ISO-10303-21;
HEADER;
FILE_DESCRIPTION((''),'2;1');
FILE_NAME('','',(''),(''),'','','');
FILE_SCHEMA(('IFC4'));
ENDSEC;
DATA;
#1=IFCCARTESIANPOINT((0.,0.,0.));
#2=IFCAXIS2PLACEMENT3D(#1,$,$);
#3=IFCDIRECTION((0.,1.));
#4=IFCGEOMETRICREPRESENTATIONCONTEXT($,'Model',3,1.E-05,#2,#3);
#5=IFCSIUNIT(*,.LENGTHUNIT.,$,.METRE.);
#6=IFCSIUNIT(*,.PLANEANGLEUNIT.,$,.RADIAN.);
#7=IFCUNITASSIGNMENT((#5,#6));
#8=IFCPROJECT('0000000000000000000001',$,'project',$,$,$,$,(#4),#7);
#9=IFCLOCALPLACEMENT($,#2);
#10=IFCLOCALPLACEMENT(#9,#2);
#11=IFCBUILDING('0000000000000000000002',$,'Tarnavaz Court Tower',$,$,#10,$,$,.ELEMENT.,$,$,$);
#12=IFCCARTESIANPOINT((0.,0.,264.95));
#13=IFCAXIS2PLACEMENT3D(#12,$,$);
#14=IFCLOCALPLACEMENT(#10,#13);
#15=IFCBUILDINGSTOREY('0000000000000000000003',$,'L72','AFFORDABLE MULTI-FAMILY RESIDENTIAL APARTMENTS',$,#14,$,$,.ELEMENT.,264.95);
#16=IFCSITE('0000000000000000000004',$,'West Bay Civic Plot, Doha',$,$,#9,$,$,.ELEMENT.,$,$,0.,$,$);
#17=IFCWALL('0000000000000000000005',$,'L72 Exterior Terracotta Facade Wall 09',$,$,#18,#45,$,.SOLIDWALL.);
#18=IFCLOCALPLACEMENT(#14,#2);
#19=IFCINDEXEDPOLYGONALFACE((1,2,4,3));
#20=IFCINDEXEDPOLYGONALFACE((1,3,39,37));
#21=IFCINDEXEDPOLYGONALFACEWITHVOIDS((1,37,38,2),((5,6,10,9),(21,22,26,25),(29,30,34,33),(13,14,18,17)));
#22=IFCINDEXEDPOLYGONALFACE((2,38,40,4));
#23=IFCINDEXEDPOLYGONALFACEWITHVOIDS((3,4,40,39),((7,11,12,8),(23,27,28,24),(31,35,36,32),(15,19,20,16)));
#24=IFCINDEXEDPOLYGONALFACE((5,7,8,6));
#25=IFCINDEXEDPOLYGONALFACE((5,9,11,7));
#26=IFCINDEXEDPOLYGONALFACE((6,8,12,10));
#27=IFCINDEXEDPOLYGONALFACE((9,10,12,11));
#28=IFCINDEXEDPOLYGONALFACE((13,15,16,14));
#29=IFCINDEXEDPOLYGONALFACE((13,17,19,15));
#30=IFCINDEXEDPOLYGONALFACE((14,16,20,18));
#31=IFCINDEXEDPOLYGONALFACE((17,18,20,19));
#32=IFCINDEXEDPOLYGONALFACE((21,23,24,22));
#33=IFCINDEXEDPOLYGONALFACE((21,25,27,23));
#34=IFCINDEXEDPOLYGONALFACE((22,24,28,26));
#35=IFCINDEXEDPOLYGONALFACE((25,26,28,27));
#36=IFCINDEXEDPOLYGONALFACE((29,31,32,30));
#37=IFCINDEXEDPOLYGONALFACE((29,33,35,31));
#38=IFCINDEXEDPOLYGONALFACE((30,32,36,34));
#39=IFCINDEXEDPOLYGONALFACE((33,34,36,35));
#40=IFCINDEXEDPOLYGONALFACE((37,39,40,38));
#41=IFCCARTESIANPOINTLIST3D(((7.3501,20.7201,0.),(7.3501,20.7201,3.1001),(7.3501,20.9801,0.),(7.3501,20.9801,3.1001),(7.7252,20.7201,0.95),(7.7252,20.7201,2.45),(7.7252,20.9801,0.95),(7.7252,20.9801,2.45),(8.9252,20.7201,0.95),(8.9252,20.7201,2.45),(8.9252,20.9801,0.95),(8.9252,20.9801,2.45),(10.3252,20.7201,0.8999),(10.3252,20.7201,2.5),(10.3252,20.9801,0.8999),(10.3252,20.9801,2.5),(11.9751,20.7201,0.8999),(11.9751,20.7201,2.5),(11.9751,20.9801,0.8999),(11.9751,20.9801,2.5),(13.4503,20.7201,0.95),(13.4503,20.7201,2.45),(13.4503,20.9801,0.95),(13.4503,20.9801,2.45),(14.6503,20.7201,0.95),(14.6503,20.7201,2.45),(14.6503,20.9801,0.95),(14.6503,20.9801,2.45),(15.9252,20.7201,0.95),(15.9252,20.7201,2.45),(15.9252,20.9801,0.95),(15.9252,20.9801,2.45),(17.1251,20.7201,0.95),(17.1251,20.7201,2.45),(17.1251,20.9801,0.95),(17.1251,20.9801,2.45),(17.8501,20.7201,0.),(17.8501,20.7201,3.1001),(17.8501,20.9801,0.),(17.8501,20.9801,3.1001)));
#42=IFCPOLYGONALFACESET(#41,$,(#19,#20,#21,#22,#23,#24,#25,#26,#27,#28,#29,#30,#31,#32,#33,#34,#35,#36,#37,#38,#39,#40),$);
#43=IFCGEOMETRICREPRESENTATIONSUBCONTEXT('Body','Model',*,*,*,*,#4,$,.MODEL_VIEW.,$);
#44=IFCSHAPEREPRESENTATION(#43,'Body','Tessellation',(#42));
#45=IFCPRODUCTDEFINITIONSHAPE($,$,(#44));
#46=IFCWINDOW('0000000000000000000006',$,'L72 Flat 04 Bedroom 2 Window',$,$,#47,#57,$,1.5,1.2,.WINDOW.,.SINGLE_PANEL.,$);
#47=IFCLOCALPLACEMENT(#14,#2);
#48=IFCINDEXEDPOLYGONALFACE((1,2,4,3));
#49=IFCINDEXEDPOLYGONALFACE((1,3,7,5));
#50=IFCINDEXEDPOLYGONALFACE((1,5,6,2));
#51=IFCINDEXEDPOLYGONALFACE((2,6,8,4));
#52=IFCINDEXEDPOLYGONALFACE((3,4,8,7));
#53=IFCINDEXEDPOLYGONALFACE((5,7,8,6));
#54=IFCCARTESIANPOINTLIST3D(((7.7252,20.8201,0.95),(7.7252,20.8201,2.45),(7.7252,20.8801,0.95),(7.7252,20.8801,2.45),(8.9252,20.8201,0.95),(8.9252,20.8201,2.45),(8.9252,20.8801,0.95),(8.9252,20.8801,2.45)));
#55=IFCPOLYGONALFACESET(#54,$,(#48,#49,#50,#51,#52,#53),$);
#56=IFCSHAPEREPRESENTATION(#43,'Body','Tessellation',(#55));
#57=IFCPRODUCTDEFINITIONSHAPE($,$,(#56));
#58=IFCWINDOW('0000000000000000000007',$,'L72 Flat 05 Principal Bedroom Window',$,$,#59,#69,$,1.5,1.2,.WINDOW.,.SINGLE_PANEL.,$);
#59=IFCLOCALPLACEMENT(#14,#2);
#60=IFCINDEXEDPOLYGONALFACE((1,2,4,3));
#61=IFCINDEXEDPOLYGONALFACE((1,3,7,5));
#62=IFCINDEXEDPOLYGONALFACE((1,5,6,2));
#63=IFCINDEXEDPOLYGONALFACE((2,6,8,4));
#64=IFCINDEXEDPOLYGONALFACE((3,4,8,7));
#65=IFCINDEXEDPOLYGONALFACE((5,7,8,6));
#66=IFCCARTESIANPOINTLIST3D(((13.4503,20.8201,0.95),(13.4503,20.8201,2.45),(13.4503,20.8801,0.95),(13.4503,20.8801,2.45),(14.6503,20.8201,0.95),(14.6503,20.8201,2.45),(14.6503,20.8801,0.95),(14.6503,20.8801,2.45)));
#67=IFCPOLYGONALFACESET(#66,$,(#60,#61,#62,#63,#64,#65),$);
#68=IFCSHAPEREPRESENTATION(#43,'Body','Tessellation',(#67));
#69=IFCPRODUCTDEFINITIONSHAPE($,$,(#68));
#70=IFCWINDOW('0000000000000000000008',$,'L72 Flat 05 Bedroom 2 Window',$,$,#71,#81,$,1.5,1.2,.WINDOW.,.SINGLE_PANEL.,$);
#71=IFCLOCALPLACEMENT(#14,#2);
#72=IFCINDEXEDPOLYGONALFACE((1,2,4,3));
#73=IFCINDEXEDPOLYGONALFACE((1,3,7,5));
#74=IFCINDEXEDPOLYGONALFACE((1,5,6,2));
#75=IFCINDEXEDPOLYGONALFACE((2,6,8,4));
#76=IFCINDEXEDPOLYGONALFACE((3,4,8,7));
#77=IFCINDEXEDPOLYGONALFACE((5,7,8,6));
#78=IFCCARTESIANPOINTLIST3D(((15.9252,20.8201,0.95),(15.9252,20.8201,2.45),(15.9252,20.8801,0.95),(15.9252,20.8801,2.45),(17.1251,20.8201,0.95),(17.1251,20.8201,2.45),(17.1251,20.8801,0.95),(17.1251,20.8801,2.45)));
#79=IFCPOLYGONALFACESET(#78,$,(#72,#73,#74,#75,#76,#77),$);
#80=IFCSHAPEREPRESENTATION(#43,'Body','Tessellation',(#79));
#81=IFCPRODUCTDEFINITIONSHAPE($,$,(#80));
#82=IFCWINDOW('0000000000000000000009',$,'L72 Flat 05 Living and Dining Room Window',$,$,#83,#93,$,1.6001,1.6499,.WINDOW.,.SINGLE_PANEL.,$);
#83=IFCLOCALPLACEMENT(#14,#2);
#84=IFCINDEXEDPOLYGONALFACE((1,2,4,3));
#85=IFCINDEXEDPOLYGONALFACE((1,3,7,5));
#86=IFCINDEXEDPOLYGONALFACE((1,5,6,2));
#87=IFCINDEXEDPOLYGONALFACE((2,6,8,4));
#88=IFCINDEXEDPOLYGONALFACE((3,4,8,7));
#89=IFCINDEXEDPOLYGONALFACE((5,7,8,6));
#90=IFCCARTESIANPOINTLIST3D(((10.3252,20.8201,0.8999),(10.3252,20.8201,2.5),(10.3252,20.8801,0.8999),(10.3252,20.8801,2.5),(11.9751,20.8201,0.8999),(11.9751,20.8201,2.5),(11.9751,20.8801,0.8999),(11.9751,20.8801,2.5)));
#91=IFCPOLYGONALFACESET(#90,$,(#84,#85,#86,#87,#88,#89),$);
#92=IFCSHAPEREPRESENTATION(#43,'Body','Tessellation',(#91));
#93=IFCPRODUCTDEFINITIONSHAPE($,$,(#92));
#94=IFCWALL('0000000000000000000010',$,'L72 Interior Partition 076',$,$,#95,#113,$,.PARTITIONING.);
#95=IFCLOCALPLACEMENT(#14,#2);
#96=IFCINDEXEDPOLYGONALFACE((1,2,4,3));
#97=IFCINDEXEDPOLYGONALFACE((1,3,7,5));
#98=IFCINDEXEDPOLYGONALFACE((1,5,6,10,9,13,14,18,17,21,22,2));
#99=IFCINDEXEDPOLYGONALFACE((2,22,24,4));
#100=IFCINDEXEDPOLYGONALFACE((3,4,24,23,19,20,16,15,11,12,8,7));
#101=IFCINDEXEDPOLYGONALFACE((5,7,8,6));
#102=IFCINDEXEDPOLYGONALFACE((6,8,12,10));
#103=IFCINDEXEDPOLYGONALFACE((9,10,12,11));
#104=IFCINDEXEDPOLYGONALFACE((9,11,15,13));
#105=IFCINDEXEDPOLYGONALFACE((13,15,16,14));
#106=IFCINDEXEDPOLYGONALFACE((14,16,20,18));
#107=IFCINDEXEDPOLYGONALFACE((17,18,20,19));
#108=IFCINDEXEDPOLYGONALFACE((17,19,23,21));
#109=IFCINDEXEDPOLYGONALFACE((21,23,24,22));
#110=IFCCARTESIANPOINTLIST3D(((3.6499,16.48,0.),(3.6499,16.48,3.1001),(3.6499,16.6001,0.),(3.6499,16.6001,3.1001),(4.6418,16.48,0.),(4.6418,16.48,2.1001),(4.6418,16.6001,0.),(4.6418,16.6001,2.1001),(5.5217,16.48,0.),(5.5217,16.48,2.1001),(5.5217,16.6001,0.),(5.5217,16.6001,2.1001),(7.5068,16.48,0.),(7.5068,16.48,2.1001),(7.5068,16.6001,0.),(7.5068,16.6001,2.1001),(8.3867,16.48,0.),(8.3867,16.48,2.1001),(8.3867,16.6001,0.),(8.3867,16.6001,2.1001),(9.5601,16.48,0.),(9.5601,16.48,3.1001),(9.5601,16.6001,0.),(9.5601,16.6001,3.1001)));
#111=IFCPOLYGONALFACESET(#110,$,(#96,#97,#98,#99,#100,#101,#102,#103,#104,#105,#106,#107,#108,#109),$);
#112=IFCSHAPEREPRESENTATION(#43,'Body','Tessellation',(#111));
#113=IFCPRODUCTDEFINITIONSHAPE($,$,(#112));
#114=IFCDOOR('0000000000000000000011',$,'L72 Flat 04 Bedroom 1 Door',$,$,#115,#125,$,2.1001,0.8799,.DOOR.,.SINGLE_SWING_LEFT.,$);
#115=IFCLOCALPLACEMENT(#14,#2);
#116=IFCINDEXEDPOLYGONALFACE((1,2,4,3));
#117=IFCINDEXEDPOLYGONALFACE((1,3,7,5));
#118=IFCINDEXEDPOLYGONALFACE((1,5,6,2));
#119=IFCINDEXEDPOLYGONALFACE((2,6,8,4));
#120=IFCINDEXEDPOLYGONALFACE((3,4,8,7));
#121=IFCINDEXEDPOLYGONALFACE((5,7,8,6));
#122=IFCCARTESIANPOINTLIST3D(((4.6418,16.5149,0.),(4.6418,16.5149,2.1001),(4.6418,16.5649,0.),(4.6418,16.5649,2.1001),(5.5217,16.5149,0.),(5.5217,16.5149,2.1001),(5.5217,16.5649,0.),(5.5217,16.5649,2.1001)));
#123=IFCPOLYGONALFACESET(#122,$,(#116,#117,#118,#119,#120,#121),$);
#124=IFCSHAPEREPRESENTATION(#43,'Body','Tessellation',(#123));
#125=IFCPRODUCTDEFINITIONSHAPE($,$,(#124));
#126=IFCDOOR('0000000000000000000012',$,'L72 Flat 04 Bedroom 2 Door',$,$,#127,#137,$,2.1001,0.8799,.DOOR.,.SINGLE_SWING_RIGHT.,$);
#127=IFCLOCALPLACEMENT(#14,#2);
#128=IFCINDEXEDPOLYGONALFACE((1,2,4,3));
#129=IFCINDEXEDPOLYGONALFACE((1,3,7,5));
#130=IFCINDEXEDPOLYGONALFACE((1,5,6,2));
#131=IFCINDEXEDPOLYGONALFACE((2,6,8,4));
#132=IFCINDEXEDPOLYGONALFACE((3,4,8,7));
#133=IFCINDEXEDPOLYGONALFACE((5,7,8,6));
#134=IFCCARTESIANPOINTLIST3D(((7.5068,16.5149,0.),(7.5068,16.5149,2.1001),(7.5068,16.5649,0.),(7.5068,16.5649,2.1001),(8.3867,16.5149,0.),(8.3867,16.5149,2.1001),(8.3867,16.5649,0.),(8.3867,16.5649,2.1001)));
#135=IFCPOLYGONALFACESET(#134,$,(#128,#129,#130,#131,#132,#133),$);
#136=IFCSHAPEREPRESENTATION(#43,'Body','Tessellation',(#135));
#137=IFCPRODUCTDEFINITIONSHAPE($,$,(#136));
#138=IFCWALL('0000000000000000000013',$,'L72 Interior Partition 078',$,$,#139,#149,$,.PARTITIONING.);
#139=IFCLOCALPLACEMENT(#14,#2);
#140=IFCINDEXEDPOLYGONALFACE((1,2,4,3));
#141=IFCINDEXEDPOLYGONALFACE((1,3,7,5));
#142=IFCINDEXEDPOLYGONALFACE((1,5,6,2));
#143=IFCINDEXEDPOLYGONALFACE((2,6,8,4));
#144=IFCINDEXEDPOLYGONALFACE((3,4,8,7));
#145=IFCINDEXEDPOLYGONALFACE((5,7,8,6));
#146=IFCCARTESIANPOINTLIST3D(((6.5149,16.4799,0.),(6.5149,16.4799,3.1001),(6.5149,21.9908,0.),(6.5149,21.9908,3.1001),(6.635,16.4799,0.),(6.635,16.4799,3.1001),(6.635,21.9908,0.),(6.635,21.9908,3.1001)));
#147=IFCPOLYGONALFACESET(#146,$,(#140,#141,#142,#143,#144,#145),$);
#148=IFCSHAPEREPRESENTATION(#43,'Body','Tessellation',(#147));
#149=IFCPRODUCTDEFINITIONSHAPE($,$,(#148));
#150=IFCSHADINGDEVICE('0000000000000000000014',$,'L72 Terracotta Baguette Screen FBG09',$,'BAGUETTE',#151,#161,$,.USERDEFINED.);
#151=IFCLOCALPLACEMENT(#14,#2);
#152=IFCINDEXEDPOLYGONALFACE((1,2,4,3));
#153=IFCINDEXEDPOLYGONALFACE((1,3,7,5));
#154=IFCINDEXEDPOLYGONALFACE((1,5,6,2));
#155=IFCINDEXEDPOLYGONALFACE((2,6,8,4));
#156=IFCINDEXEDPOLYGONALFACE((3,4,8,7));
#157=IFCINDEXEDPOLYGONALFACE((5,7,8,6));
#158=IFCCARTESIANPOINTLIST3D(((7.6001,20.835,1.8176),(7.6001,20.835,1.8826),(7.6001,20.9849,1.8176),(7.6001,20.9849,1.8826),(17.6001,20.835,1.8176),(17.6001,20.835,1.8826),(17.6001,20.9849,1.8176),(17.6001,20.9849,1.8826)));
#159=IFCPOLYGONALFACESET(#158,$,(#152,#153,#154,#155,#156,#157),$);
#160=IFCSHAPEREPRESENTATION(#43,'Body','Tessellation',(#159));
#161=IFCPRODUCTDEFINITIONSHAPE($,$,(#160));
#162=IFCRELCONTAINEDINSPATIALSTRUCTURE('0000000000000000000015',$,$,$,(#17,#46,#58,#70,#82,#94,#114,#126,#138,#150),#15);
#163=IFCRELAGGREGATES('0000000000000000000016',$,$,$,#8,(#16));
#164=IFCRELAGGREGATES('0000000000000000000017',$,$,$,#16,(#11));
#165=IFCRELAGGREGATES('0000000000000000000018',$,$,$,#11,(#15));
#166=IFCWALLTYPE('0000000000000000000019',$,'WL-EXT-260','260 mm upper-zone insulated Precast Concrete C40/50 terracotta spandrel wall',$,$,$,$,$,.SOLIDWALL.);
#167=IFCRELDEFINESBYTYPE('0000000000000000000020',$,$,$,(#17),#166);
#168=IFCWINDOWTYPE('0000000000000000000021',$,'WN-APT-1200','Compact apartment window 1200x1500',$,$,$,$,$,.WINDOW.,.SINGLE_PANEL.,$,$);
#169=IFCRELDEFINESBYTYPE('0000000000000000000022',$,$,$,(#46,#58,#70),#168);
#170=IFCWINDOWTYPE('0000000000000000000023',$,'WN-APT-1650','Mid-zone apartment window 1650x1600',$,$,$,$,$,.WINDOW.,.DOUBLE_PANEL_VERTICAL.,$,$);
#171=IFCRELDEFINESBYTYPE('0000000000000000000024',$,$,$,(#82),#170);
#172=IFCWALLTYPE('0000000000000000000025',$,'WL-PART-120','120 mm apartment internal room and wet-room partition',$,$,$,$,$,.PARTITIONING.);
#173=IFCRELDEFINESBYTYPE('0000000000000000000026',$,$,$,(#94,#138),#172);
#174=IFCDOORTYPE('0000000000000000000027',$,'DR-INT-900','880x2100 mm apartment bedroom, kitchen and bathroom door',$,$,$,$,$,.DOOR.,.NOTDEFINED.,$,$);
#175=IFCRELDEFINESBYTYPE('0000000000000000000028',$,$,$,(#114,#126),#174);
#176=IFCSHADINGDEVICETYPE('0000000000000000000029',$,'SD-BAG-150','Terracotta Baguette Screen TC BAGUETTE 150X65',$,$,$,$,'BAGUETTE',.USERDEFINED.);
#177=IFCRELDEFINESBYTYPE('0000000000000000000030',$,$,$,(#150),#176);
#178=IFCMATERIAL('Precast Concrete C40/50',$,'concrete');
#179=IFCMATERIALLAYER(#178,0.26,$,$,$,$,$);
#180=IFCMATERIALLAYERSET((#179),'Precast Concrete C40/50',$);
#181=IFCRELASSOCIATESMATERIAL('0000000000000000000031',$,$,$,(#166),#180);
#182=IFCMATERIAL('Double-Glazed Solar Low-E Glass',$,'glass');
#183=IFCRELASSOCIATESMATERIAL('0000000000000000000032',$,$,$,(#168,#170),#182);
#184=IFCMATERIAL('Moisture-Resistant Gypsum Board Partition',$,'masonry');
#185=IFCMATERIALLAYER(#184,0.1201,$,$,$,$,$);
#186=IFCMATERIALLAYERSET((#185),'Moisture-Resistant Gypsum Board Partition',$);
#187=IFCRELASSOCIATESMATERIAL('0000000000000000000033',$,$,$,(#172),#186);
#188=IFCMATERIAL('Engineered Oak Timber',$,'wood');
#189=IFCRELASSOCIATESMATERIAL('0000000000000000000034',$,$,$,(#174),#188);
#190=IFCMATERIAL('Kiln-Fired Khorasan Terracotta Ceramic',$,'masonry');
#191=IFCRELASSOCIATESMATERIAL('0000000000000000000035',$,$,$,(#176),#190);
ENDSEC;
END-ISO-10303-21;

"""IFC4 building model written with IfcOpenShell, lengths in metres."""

from ifc_helpers import new_model, si_unit, direction, frame, frame_2d, origin, origin_2d, place, context, subcontext, project, spatial, rectangle, extrude, material, layer, layer_set, material_profile, profile_set, type_object, element, fill, save


model = new_model("IFC4")

# Units and contexts
model_context = context("Model", 3, precision=1e-05, world=origin(), true_north=direction((0.0, 1.0)))
body_context = subcontext(model_context, "Body", "Model", "MODEL_VIEW")
ifc_project = project(units=[si_unit("LENGTHUNIT", "METRE"), si_unit("PLANEANGLEUNIT", "RADIAN")], contexts=[model_context])

# Site, building, storey
site_placement = place(None, origin())
site = spatial("IfcSite", under=ifc_project, at=site_placement, Name="West Bay Civic Plot, Doha", CompositionType="ELEMENT", RefElevation=0.0)
building_placement = place(site_placement, origin())
building = spatial("IfcBuilding", under=site, at=building_placement, Name="Tarnavaz Court Tower", CompositionType="ELEMENT")
storey_placement = place(building_placement, frame((0.0, 0.0, 264.95)))
storey = spatial("IfcBuildingStorey", under=building, at=storey_placement, Name="L72", Description="AFFORDABLE MULTI-FAMILY RESIDENTIAL APARTMENTS", CompositionType="ELEMENT", Elevation=264.95)

# Shared definitions
ifc_material_1 = material(Name="Double-Glazed Solar Low-E Glass", Category="glass")

# Shared definitions
ifc_material_2 = material(Name="Precast Concrete C40/50", Category="concrete")
ifc_layer_1 = layer(ifc_material_2, 0.26)
ifc_layer_set_1 = layer_set([ifc_layer_1], Name="Precast Concrete C40/50")
wall_type_1 = type_object("IfcWallType", Name="WL-EXT-260", Description="260 mm upper-zone insulated Precast Concrete C40/50 terracotta spandrel wall", PredefinedType="SOLIDWALL", material=ifc_layer_set_1)

# Wall, openings, windows
wall_1_placement = place(storey_placement, frame((7.3501, 20.8501, 0.0), z_axis=(0.0, 0.0, 1.0), x_axis=(1.0, 0.0, 0.0)))
wall_1 = element("IfcWall", 1, at=wall_1_placement, inside=storey, type_object=wall_type_1, Name="L72 Exterior Terracotta Facade Wall 09", PredefinedType="SOLIDWALL", context=body_context, shape_type="SweptSolid", body=[
    extrude(rectangle(XDim=10.5, YDim=0.26, at=frame_2d((5.25, 0.0))), origin(), (0.0, 0.0, 1.0), 3.1001),
])
opening_1_placement = place(wall_1_placement, frame((0.375, 0.0, 0.95)))
opening_1 = element("IfcOpeningElement", 2, at=opening_1_placement, cuts=wall_1, PredefinedType="OPENING", context=body_context, shape_type="SweptSolid", body=[
    extrude(rectangle(XDim=1.2, YDim=1.5, at=frame_2d((0.6001, 0.75))), frame((0.0, 0.1399, 0.0), z_axis=(0.0, -1.0, 0.0), x_axis=(1.0, 0.0, 0.0)), (0.0, 0.0, 1.0), 0.28),
])
opening_2_placement = place(wall_1_placement, frame((2.9751, 0.0, 0.8999)))
opening_2 = element("IfcOpeningElement", 3, at=opening_2_placement, cuts=wall_1, PredefinedType="OPENING", context=body_context, shape_type="SweptSolid", body=[
    extrude(rectangle(XDim=1.6499, YDim=1.6001, at=frame_2d((0.825, 0.8))), frame((0.0, 0.1399, 0.0), z_axis=(0.0, -1.0, 0.0), x_axis=(1.0, 0.0, 0.0)), (0.0, 0.0, 1.0), 0.28),
])
opening_3_placement = place(wall_1_placement, frame((6.1001, 0.0, 0.95)))
opening_3 = element("IfcOpeningElement", 4, at=opening_3_placement, cuts=wall_1, PredefinedType="OPENING", context=body_context, shape_type="SweptSolid", body=[
    extrude(rectangle(XDim=1.2, YDim=1.5, at=frame_2d((0.6001, 0.75))), frame((0.0, 0.1399, 0.0), z_axis=(0.0, -1.0, 0.0), x_axis=(1.0, 0.0, 0.0)), (0.0, 0.0, 1.0), 0.28),
])
opening_4_placement = place(wall_1_placement, frame((8.575, 0.0, 0.95)))
opening_4 = element("IfcOpeningElement", 5, at=opening_4_placement, cuts=wall_1, PredefinedType="OPENING", context=body_context, shape_type="SweptSolid", body=[
    extrude(rectangle(XDim=1.2, YDim=1.5, at=frame_2d((0.6001, 0.75))), frame((0.0, 0.1399, 0.0), z_axis=(0.0, -1.0, 0.0), x_axis=(1.0, 0.0, 0.0)), (0.0, 0.0, 1.0), 0.28),
])
window_type_1 = type_object("IfcWindowType", Name="WN-APT-1200", Description="Compact apartment window 1200x1500", PartitioningType="SINGLE_PANEL", PredefinedType="WINDOW", material=ifc_material_1)
window_1_placement = place(opening_1_placement, origin())
window_1 = element("IfcWindow", 6, at=window_1_placement, inside=storey, type_object=window_type_1, Name="L72 Flat 04 Bedroom 2 Window", OverallHeight=1.5, OverallWidth=1.2, PartitioningType="SINGLE_PANEL", PredefinedType="WINDOW", context=body_context, shape_type="SweptSolid", body=[
    extrude(rectangle(XDim=1.2, YDim=1.5, at=frame_2d((0.6001, 0.75))), frame((0.0, 0.03, 0.0), z_axis=(0.0, -1.0, 0.0), x_axis=(1.0, 0.0, 0.0)), (0.0, 0.0, 1.0), 0.0601),
])
fill(opening_1, window_1)
window_2_placement = place(opening_3_placement, origin())
window_2 = element("IfcWindow", 7, at=window_2_placement, inside=storey, type_object=window_type_1, Name="L72 Flat 05 Principal Bedroom Window", OverallHeight=1.5, OverallWidth=1.2, PartitioningType="SINGLE_PANEL", PredefinedType="WINDOW", context=body_context, shape_type="SweptSolid", body=[
    extrude(rectangle(XDim=1.2, YDim=1.5, at=frame_2d((0.6001, 0.75))), frame((0.0, 0.03, 0.0), z_axis=(0.0, -1.0, 0.0), x_axis=(1.0, 0.0, 0.0)), (0.0, 0.0, 1.0), 0.0601),
])
fill(opening_3, window_2)
window_3_placement = place(opening_4_placement, origin())
window_3 = element("IfcWindow", 8, at=window_3_placement, inside=storey, type_object=window_type_1, Name="L72 Flat 05 Bedroom 2 Window", OverallHeight=1.5, OverallWidth=1.2, PartitioningType="SINGLE_PANEL", PredefinedType="WINDOW", context=body_context, shape_type="SweptSolid", body=[
    extrude(rectangle(XDim=1.2, YDim=1.5, at=frame_2d((0.6001, 0.75))), frame((0.0, 0.03, 0.0), z_axis=(0.0, -1.0, 0.0), x_axis=(1.0, 0.0, 0.0)), (0.0, 0.0, 1.0), 0.0601),
])
fill(opening_4, window_3)
window_type_2 = type_object("IfcWindowType", Name="WN-APT-1650", Description="Mid-zone apartment window 1650x1600", PartitioningType="DOUBLE_PANEL_VERTICAL", PredefinedType="WINDOW", material=ifc_material_1)
window_4_placement = place(opening_2_placement, origin())
window_4 = element("IfcWindow", 9, at=window_4_placement, inside=storey, type_object=window_type_2, Name="L72 Flat 05 Living and Dining Room Window", OverallHeight=1.6001, OverallWidth=1.6499, PartitioningType="SINGLE_PANEL", PredefinedType="WINDOW", context=body_context, shape_type="SweptSolid", body=[
    extrude(rectangle(XDim=1.6499, YDim=1.6001, at=frame_2d((0.825, 0.8))), frame((0.0, 0.03, 0.0), z_axis=(0.0, -1.0, 0.0), x_axis=(1.0, 0.0, 0.0)), (0.0, 0.0, 1.0), 0.0601),
])
fill(opening_2, window_4)

# Wall, openings, doors
ifc_material_3 = material(Name="Moisture-Resistant Gypsum Board Partition", Category="masonry")
ifc_layer_2 = layer(ifc_material_3, 0.1201)
ifc_layer_set_2 = layer_set([ifc_layer_2], Name="Moisture-Resistant Gypsum Board Partition")
wall_type_2 = type_object("IfcWallType", Name="WL-PART-120", Description="120 mm apartment internal room and wet-room partition", PredefinedType="PARTITIONING", material=ifc_layer_set_2)
wall_2_placement = place(storey_placement, frame((3.6499, 16.54, 0.0), z_axis=(0.0, 0.0, 1.0), x_axis=(1.0, 0.0, 0.0)))
wall_2 = element("IfcWall", 10, at=wall_2_placement, inside=storey, type_object=wall_type_2, Name="L72 Interior Partition 076", PredefinedType="PARTITIONING", context=body_context, shape_type="SweptSolid", body=[
    extrude(rectangle(XDim=5.9102, YDim=0.1201, at=frame_2d((2.9551, 0.0))), origin(), (0.0, 0.0, 1.0), 3.1001),
])
opening_5_placement = place(wall_2_placement, frame((0.9919, 0.0, 0.0)))
opening_5 = element("IfcOpeningElement", 11, at=opening_5_placement, cuts=wall_2, PredefinedType="OPENING", context=body_context, shape_type="SweptSolid", body=[
    extrude(rectangle(XDim=0.8799, YDim=2.1001, at=frame_2d((0.4399, 1.05))), frame((0.0, 0.0701, 0.0), z_axis=(0.0, -1.0, 0.0), x_axis=(1.0, 0.0, 0.0)), (0.0, 0.0, 1.0), 0.1401),
])
opening_6_placement = place(wall_2_placement, frame((3.8569, 0.0, 0.0)))
opening_6 = element("IfcOpeningElement", 12, at=opening_6_placement, cuts=wall_2, PredefinedType="OPENING", context=body_context, shape_type="SweptSolid", body=[
    extrude(rectangle(XDim=0.8799, YDim=2.1001, at=frame_2d((0.4399, 1.05))), frame((0.0, 0.0701, 0.0), z_axis=(0.0, -1.0, 0.0), x_axis=(1.0, 0.0, 0.0)), (0.0, 0.0, 1.0), 0.1401),
])
ifc_material_4 = material(Name="Engineered Oak Timber", Category="wood")
door_type = type_object("IfcDoorType", Name="DR-INT-900", Description="880x2100 mm apartment bedroom, kitchen and bathroom door", OperationType="NOTDEFINED", PredefinedType="DOOR", material=ifc_material_4)
door_1_placement = place(opening_5_placement, origin())
door_1 = element("IfcDoor", 13, at=door_1_placement, inside=storey, type_object=door_type, Name="L72 Flat 04 Bedroom 1 Door", OperationType="SINGLE_SWING_LEFT", OverallHeight=2.1001, OverallWidth=0.8799, PredefinedType="DOOR", context=body_context, shape_type="SweptSolid", body=[
    extrude(rectangle(XDim=0.8799, YDim=2.1001, at=frame_2d((0.4399, 1.05))), frame((0.0, 0.0249, 0.0), z_axis=(0.0, -1.0, 0.0), x_axis=(1.0, 0.0, 0.0)), (0.0, 0.0, 1.0), 0.05),
])
fill(opening_5, door_1)
door_2_placement = place(opening_6_placement, origin())
door_2 = element("IfcDoor", 14, at=door_2_placement, inside=storey, type_object=door_type, Name="L72 Flat 04 Bedroom 2 Door", OperationType="SINGLE_SWING_RIGHT", OverallHeight=2.1001, OverallWidth=0.8799, PredefinedType="DOOR", context=body_context, shape_type="SweptSolid", body=[
    extrude(rectangle(XDim=0.8799, YDim=2.1001, at=frame_2d((0.4399, 1.05))), frame((0.0, 0.0249, 0.0), z_axis=(0.0, -1.0, 0.0), x_axis=(1.0, 0.0, 0.0)), (0.0, 0.0, 1.0), 0.05),
])
fill(opening_6, door_2)

# Wall
wall_3_placement = place(storey_placement, frame((6.575, 16.48, 0.0), z_axis=(0.0, 0.0, 1.0), x_axis=(0.0, 1.0, 0.0)))
element("IfcWall", 15, at=wall_3_placement, inside=storey, type_object=wall_type_2, Name="L72 Interior Partition 078", PredefinedType="PARTITIONING", context=body_context, shape_type="SweptSolid", body=[
    extrude(rectangle(XDim=5.511, YDim=0.1201, at=frame_2d((2.7554, 0.0))), origin(), (0.0, 0.0, 1.0), 3.1001),
])

# Shading device
ifc_material_5 = material(Name="Kiln-Fired Khorasan Terracotta Ceramic", Category="masonry")
ifc_material_profile_1 = material_profile(ifc_material_5, rectangle(XDim=0.1499, YDim=0.0649, at=origin_2d()), Name="TC BAGUETTE 150X65")
ifc_profile_set_1 = profile_set([ifc_material_profile_1], Name="Kiln-Fired Khorasan Terracotta Ceramic")
shading_device_type = type_object("IfcShadingDeviceType", Name="SD-BAG-150", Description="Terracotta Baguette Screen TC BAGUETTE 150X65", ElementType="BAGUETTE", PredefinedType="USERDEFINED", material=ifc_profile_set_1)
shading_device_placement = place(storey_placement, frame((7.6001, 20.9099, 1.8501), z_axis=(1.0, 0.0, 0.0), x_axis=(0.0, 1.0, 0.0)))
element("IfcShadingDevice", 16, at=shading_device_placement, inside=storey, type_object=shading_device_type, Name="L72 Terracotta Baguette Screen FBG09", ObjectType="BAGUETTE", PredefinedType="USERDEFINED", context=body_context, shape_type="SweptSolid", body=[
    extrude(rectangle(XDim=0.1499, YDim=0.0649, at=origin_2d()), origin(), (0.0, 0.0, 1.0), 10.0),
])

save(model, "model.ifc")
